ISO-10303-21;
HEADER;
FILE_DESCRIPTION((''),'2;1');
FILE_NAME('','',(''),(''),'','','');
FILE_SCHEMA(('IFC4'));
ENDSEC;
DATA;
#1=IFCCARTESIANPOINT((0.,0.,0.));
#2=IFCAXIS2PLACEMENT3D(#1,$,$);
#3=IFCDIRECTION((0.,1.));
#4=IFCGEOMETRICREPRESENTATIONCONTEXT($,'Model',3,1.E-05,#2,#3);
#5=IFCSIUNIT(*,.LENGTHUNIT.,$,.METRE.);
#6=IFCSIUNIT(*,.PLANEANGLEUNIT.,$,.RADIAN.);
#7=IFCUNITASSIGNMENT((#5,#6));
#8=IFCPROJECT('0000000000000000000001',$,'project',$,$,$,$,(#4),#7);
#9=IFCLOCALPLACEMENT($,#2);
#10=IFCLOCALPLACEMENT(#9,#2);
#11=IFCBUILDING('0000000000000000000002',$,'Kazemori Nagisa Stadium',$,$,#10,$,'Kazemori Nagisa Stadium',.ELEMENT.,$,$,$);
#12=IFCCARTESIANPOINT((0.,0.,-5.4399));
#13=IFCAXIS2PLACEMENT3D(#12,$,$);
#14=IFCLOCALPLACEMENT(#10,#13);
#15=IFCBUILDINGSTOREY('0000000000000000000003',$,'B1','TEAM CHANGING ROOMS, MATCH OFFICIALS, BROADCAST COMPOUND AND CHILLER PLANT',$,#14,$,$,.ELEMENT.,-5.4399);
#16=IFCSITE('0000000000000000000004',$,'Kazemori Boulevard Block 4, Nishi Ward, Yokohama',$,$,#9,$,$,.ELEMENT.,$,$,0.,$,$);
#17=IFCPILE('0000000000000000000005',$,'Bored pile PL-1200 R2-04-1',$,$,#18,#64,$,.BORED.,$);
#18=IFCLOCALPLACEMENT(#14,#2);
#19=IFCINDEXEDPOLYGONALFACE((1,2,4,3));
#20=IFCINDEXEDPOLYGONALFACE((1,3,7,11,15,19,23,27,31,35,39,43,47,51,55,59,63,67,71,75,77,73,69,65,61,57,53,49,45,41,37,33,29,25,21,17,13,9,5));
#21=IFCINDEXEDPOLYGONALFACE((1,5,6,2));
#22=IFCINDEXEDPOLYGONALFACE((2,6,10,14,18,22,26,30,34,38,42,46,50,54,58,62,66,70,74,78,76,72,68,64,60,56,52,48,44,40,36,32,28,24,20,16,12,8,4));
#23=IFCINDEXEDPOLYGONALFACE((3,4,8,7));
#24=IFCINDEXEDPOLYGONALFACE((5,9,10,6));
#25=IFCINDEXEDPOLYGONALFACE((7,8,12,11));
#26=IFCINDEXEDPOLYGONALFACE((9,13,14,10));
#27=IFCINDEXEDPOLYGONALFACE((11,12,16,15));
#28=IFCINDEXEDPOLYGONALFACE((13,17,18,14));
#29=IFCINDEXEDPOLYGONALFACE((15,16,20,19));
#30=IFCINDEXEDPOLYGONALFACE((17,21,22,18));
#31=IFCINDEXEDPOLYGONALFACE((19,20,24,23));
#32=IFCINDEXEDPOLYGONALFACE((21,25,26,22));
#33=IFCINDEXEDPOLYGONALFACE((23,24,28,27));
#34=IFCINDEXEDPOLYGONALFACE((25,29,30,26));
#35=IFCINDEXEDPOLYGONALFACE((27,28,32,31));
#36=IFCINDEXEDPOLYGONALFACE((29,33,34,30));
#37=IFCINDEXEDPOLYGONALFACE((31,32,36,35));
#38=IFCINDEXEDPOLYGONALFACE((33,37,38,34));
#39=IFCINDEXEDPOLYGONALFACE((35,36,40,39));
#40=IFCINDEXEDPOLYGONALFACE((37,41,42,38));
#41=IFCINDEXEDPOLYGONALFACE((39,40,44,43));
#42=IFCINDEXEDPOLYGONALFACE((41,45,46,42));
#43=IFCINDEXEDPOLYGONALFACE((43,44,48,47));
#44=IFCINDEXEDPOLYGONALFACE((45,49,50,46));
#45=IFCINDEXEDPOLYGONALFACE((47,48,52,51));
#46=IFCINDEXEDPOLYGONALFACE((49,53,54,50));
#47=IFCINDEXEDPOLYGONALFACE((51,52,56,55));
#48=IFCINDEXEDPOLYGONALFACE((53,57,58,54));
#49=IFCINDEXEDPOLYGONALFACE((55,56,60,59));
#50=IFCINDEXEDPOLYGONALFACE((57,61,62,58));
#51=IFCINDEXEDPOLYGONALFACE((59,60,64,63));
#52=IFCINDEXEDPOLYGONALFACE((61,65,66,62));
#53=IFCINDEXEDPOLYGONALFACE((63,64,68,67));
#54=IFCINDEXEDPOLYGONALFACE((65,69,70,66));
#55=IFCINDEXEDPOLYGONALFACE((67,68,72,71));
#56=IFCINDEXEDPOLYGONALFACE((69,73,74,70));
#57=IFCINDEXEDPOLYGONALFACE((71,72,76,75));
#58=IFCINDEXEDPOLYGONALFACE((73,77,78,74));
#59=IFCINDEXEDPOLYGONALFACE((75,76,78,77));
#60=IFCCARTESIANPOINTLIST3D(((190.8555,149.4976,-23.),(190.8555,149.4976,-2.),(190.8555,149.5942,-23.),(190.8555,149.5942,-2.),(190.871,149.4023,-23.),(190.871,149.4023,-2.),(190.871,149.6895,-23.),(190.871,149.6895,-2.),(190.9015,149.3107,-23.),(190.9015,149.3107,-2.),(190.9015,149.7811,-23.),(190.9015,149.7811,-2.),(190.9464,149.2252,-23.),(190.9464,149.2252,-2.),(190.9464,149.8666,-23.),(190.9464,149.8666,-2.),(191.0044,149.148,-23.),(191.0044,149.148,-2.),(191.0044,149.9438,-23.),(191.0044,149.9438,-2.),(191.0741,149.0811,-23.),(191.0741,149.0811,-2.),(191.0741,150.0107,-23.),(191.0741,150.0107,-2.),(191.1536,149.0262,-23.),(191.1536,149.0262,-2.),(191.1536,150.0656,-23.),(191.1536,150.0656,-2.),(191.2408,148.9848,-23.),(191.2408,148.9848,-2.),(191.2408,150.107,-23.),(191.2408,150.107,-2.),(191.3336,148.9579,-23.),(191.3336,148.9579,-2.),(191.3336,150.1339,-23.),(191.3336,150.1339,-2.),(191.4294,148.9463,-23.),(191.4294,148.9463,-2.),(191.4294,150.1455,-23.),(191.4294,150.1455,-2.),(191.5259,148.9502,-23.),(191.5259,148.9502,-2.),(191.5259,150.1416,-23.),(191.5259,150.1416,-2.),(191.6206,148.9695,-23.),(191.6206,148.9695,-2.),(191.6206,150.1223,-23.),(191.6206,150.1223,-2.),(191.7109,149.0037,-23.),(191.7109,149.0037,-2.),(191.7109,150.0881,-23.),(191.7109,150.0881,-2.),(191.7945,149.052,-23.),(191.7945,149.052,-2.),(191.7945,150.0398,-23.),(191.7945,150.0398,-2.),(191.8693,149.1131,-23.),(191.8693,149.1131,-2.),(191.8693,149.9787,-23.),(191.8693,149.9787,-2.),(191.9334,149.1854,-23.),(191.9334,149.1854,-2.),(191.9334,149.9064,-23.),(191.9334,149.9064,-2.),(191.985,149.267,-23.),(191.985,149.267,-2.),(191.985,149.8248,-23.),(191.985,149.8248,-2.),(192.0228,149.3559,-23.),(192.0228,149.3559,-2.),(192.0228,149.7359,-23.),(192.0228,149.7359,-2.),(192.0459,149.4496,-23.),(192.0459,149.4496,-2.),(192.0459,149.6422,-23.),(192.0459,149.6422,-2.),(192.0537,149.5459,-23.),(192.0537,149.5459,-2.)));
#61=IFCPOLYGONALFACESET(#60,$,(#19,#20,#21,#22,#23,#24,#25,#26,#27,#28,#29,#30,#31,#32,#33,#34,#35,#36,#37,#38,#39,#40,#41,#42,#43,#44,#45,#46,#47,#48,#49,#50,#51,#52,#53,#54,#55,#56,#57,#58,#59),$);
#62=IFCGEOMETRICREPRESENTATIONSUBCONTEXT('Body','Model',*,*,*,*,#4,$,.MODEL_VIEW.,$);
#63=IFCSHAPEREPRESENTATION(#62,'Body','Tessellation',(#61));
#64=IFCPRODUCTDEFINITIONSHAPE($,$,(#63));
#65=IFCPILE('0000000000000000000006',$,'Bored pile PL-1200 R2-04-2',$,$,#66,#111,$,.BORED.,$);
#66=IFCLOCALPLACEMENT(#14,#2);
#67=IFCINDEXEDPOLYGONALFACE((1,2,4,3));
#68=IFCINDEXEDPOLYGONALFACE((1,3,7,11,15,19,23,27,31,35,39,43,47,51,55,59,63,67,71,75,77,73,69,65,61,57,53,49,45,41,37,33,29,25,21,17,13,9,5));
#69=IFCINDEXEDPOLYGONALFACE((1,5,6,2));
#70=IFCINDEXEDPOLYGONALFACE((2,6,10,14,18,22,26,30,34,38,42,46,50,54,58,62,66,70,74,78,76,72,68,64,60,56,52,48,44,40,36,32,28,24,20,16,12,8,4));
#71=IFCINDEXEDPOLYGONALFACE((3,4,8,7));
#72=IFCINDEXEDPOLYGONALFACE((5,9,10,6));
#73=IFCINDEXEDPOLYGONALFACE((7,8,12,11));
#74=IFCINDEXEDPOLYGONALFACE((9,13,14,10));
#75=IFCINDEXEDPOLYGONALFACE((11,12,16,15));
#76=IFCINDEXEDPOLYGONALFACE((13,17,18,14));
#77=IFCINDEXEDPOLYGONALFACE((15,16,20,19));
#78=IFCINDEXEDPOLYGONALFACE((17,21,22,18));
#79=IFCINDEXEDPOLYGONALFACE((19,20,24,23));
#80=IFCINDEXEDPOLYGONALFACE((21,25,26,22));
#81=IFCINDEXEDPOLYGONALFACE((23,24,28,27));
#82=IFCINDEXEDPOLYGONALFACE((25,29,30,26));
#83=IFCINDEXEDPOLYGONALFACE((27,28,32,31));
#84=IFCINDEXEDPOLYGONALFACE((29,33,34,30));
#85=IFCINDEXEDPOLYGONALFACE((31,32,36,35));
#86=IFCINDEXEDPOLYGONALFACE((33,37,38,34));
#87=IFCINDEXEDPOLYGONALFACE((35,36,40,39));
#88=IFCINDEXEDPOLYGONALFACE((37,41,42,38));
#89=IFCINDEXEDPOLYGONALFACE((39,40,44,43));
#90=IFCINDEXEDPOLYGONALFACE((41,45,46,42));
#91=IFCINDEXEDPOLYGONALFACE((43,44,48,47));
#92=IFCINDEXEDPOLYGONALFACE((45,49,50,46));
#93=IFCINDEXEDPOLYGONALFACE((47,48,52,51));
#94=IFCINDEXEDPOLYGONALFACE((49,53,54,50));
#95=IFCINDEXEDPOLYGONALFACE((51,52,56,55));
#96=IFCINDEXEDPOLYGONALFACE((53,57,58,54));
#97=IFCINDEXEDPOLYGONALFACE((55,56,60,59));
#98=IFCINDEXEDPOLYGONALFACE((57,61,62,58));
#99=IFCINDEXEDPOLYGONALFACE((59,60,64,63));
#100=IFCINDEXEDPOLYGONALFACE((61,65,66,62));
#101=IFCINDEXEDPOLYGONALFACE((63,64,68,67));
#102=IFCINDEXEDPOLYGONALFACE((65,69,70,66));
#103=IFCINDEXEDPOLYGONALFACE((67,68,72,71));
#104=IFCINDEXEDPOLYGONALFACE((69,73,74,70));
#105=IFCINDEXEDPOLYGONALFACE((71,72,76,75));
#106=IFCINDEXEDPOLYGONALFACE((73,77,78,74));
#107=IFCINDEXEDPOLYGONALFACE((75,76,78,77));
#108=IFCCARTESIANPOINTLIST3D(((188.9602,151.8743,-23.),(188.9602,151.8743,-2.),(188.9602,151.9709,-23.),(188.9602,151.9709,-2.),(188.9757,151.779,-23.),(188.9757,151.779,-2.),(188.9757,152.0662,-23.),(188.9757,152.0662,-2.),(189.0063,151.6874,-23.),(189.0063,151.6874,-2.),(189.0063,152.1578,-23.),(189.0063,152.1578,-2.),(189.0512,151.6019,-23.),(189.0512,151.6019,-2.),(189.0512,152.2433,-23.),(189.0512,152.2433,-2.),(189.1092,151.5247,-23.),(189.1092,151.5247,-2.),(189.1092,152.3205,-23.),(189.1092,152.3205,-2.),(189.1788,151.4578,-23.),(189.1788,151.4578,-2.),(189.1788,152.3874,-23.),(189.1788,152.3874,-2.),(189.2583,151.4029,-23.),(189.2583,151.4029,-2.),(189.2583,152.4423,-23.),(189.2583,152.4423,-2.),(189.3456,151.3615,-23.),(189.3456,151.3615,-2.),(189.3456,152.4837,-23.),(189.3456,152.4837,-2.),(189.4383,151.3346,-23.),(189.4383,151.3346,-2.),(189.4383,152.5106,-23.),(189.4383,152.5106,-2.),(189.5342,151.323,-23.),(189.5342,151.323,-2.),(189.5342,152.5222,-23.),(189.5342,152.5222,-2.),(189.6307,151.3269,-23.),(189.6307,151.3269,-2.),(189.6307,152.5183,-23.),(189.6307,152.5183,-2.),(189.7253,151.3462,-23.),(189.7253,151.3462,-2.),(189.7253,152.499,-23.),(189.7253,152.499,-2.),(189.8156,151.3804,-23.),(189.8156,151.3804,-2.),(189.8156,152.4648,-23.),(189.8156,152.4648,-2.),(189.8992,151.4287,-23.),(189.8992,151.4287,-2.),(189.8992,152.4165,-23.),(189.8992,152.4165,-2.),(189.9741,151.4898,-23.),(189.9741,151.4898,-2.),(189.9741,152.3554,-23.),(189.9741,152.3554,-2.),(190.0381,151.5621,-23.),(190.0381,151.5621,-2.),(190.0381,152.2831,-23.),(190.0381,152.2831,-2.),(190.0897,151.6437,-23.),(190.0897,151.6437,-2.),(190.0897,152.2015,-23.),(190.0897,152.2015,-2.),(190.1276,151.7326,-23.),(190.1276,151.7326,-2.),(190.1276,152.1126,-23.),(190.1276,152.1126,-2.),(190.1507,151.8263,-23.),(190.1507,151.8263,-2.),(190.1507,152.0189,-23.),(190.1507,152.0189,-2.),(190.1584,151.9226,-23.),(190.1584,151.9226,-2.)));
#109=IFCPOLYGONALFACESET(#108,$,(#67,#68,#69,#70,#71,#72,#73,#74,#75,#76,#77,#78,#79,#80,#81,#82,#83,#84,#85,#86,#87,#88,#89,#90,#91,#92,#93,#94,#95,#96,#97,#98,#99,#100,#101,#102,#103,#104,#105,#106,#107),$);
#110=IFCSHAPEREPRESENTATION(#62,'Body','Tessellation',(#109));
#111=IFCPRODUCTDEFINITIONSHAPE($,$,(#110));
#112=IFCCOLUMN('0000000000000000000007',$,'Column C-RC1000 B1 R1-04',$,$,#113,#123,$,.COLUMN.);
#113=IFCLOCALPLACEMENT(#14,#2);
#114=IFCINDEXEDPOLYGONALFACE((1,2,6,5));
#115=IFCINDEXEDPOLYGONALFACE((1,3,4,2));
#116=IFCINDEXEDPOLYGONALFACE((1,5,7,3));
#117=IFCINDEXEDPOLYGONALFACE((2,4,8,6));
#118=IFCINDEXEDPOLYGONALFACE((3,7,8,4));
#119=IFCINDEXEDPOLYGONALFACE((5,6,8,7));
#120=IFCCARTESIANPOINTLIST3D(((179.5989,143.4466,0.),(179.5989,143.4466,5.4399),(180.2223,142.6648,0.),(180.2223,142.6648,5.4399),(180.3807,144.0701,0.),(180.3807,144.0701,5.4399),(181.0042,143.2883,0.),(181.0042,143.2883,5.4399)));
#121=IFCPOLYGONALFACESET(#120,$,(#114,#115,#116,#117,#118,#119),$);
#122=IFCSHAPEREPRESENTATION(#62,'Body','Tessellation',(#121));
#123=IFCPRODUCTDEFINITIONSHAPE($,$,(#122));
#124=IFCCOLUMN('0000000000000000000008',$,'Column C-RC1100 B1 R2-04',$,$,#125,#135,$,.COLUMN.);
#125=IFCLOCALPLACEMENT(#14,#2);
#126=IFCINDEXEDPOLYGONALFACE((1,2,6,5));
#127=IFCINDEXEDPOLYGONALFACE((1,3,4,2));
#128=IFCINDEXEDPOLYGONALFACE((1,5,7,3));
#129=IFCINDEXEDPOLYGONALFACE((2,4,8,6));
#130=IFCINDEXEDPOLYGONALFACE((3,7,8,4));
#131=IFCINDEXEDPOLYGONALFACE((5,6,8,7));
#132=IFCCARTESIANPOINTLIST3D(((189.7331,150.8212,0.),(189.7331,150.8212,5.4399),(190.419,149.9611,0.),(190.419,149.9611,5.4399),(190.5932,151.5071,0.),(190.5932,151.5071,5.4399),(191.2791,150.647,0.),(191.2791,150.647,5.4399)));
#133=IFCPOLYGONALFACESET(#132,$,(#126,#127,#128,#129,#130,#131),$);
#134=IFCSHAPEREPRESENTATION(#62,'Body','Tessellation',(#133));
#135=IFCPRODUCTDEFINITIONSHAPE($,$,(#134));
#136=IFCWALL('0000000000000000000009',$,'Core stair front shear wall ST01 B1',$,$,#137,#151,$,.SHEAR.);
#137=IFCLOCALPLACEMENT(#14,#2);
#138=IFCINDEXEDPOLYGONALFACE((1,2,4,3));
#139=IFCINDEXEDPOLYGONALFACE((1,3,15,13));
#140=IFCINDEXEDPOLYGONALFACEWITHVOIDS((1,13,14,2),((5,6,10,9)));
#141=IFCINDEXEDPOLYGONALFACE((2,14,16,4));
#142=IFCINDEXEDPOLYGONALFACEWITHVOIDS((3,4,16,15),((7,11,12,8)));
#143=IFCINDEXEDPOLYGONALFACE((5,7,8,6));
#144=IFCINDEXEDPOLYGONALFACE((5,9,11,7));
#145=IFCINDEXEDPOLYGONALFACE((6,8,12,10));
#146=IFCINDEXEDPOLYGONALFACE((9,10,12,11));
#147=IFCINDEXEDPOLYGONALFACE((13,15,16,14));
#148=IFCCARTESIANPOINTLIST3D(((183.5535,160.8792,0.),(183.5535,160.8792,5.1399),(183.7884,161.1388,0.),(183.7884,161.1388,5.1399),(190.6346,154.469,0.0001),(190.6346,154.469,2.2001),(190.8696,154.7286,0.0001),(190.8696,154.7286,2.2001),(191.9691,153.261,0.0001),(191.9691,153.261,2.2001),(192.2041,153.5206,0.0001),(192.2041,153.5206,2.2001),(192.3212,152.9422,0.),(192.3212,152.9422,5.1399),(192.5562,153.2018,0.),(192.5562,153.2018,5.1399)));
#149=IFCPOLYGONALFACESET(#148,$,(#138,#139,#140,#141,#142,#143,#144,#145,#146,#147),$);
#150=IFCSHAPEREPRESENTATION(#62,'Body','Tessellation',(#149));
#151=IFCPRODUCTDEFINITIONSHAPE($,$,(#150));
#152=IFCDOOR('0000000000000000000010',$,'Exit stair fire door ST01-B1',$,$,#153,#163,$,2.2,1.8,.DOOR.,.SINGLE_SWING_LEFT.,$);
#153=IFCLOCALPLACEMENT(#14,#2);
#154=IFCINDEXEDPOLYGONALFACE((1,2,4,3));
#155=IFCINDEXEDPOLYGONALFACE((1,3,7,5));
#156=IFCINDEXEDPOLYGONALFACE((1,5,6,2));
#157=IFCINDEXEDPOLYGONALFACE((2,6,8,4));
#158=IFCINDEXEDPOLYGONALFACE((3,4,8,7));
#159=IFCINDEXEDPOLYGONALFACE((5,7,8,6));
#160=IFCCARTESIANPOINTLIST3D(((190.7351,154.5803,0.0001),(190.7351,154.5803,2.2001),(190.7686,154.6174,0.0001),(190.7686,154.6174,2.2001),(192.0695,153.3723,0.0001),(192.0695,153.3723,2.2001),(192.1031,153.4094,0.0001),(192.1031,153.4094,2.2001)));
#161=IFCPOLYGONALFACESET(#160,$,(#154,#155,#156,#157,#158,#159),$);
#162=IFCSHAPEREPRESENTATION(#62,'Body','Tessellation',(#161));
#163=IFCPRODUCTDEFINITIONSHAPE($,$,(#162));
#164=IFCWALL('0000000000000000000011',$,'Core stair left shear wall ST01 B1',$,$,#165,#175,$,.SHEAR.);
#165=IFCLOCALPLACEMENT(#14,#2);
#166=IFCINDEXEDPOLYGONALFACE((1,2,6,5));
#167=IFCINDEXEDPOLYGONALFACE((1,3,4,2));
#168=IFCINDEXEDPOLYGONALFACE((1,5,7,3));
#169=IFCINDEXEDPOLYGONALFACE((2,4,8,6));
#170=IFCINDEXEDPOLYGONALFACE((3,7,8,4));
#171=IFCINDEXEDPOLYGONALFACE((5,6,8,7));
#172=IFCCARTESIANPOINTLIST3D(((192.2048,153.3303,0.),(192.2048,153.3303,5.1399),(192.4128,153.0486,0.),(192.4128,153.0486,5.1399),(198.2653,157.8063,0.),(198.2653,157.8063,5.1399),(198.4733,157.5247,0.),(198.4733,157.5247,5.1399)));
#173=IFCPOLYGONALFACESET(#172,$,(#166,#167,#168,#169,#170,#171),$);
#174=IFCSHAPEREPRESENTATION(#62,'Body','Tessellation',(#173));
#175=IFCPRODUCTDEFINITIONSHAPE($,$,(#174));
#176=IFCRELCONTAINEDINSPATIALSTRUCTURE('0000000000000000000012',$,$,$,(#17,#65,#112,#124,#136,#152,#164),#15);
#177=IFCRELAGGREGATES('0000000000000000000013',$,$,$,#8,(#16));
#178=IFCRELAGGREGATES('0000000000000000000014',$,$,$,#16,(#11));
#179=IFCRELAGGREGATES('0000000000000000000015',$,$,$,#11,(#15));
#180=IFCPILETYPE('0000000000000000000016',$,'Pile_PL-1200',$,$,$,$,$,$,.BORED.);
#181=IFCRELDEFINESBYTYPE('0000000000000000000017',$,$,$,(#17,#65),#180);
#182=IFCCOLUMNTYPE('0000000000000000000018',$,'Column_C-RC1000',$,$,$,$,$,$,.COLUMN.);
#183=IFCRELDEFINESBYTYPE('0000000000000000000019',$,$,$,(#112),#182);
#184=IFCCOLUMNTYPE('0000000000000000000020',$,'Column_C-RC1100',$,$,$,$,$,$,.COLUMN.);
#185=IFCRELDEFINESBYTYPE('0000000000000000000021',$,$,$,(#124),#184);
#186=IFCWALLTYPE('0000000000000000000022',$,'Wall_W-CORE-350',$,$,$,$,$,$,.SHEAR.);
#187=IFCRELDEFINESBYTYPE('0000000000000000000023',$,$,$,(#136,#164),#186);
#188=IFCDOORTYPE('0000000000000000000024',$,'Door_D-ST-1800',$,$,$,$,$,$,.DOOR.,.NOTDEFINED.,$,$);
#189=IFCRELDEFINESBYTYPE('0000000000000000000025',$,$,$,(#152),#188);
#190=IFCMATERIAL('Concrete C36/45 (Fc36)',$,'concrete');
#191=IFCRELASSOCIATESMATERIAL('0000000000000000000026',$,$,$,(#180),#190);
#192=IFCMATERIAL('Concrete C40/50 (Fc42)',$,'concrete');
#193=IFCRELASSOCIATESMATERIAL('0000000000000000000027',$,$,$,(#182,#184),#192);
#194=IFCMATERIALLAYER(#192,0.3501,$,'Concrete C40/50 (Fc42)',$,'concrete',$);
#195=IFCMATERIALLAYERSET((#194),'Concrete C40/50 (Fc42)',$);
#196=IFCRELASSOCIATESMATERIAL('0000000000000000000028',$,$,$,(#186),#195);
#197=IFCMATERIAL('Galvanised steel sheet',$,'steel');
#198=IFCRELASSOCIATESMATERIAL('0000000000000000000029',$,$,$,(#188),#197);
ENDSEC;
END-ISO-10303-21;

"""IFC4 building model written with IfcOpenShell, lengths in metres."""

from ifc_helpers import new_model, si_unit, direction, frame, frame_2d, origin, origin_2d, place, context, subcontext, project, spatial, rectangle, circle, extrude, material, layer, layer_set, material_profile, profile_set, type_object, element, fill, save


model = new_model("IFC4")

# Units and contexts
model_context = context("Model", 3, precision=1e-05, world=origin(), true_north=direction((0.0, 1.0)))
body_context = subcontext(model_context, "Body", "Model", "MODEL_VIEW")
ifc_project = project(units=[si_unit("LENGTHUNIT", "METRE"), si_unit("PLANEANGLEUNIT", "RADIAN")], contexts=[model_context])

# Site, building, storey
site_placement = place(None, origin())
site = spatial("IfcSite", under=ifc_project, at=site_placement, Name="Kazemori Boulevard Block 4, Nishi Ward, Yokohama", CompositionType="ELEMENT", RefElevation=0.0)
building_placement = place(site_placement, origin())
building = spatial("IfcBuilding", under=site, at=building_placement, Name="Kazemori Nagisa Stadium", LongName="Kazemori Nagisa Stadium", CompositionType="ELEMENT")
storey_placement = place(building_placement, frame((0.0, 0.0, -5.4399)))
storey = spatial("IfcBuildingStorey", under=building, at=storey_placement, Name="B1", Description="TEAM CHANGING ROOMS, MATCH OFFICIALS, BROADCAST COMPOUND AND CHILLER PLANT", CompositionType="ELEMENT", Elevation=-5.4399)

# Shared definitions
ifc_material_1 = material(Name="Concrete C40/50 (Fc42)", Category="concrete")

# Piles
ifc_material_2 = material(Name="Concrete C36/45 (Fc36)", Category="concrete")
ifc_material_profile_1 = material_profile(ifc_material_2, circle(Radius=0.6001, at=origin_2d()), Name="PILE-D1200")
ifc_profile_set_1 = profile_set([ifc_material_profile_1], Name="Concrete C36/45 (Fc36)")
pile_type = type_object("IfcPileType", Name="Pile_PL-1200", PredefinedType="BORED", material=ifc_profile_set_1)
for number, where, z_axis, x_axis, name in (
    (1, (191.4536, 149.5459, -2.0), (0.0, 0.0, -1.0), (1.0, 0.0, 0.0), "Bored pile PL-1200 R2-04-1"),
    (2, (189.5583, 151.9226, -2.0), (0.0, 0.0, -1.0), (1.0, 0.0, 0.0), "Bored pile PL-1200 R2-04-2"),
):
    element("IfcPile", number, at=place(storey_placement, frame(where, z_axis=z_axis, x_axis=x_axis)), inside=storey, type_object=pile_type, Name=name, PredefinedType="BORED", context=body_context, shape_type="SweptSolid", body=[
        extrude(circle(Radius=0.6001, at=origin_2d()), origin(), (0.0, 0.0, 1.0), 21.0),
    ])

# Columns
ifc_material_profile_2 = material_profile(ifc_material_1, rectangle(XDim=1.0, YDim=1.0, at=origin_2d()), Name="RC-COL-1000x1000")
ifc_profile_set_2 = profile_set([ifc_material_profile_2], Name="Concrete C40/50 (Fc42)")
column_type_1 = type_object("IfcColumnType", Name="Column_C-RC1000", PredefinedType="COLUMN", material=ifc_profile_set_2)
column_1_placement = place(storey_placement, frame((180.3015, 143.3674, 0.0), z_axis=(0.0, 0.0, 1.0), x_axis=(0.781831, 0.62349, 0.0)))
element("IfcColumn", 3, at=column_1_placement, inside=storey, type_object=column_type_1, Name="Column C-RC1000 B1 R1-04", PredefinedType="COLUMN", context=body_context, shape_type="SweptSolid", body=[
    extrude(rectangle(XDim=1.0, YDim=1.0, at=origin_2d()), origin(), (0.0, 0.0, 1.0), 5.4399),
])
ifc_material_profile_3 = material_profile(ifc_material_1, rectangle(XDim=1.1001, YDim=1.1001, at=origin_2d()), Name="RC-COL-1100x1100")
ifc_profile_set_3 = profile_set([ifc_material_profile_3], Name="Concrete C40/50 (Fc42)")
column_type_2 = type_object("IfcColumnType", Name="Column_C-RC1100", PredefinedType="COLUMN", material=ifc_profile_set_3)
column_2_placement = place(storey_placement, frame((190.5061, 150.7341, 0.0), z_axis=(0.0, 0.0, 1.0), x_axis=(0.781831, 0.62349, 0.0)))
element("IfcColumn", 4, at=column_2_placement, inside=storey, type_object=column_type_2, Name="Column C-RC1100 B1 R2-04", PredefinedType="COLUMN", context=body_context, shape_type="SweptSolid", body=[
    extrude(rectangle(XDim=1.1001, YDim=1.1001, at=origin_2d()), origin(), (0.0, 0.0, 1.0), 5.4399),
])

# Wall, opening, door
ifc_layer_1 = layer(ifc_material_1, 0.3501, Name="Concrete C40/50 (Fc42)", Category="concrete")
ifc_layer_set_1 = layer_set([ifc_layer_1], Name="Concrete C40/50 (Fc42)")
wall_type_1 = type_object("IfcWallType", Name="Wall_W-CORE-350", PredefinedType="SHEAR", material=ifc_layer_set_1)
wall_1_placement = place(storey_placement, frame((192.4387, 153.072, 0.0), z_axis=(0.0, 0.0, 1.0), x_axis=(-0.741358, 0.67111, 0.0)))
wall_1 = element("IfcWall", 5, at=wall_1_placement, inside=storey, type_object=wall_type_1, Name="Core stair front shear wall ST01 B1", PredefinedType="SHEAR", context=body_context, shape_type="SweptSolid", body=[
    extrude(rectangle(XDim=11.8267, YDim=0.3501, at=frame_2d((5.9133, 0.0))), origin(), (0.0, 0.0, 1.0), 5.1399),
])
opening_1_placement = place(wall_1_placement, frame((0.4751, 0.0, 0.0)))
opening_1 = element("IfcOpeningElement", 6, at=opening_1_placement, cuts=wall_1, PredefinedType="OPENING", context=body_context, shape_type="SweptSolid", body=[
    extrude(rectangle(XDim=1.8, YDim=2.2, at=frame_2d((0.8999, 1.1001))), frame((0.0, 0.1851, 0.0), z_axis=(0.0, -1.0, 0.0), x_axis=(1.0, 0.0, 0.0)), (0.0, 0.0, 1.0), 0.3701),
])
ifc_material_3 = material(Name="Galvanised steel sheet", Category="steel")
door_type_1 = type_object("IfcDoorType", Name="Door_D-ST-1800", OperationType="NOTDEFINED", PredefinedType="DOOR", material=ifc_material_3)
door_1_placement = place(opening_1_placement, frame((1.8, 0.0, 0.0), z_axis=(0.0, 0.0, 1.0), x_axis=(-1.0, 0.0, 0.0)))
door_1 = element("IfcDoor", 7, at=door_1_placement, inside=storey, type_object=door_type_1, Name="Exit stair fire door ST01-B1", OperationType="SINGLE_SWING_LEFT", OverallHeight=2.2, OverallWidth=1.8, PredefinedType="DOOR", context=body_context, shape_type="SweptSolid", body=[
    extrude(rectangle(XDim=1.8, YDim=2.2, at=frame_2d((0.8999, 1.1001))), frame((0.0, 0.0249, 0.0), z_axis=(0.0, -1.0, 0.0), x_axis=(1.0, 0.0, 0.0)), (0.0, 0.0, 1.0), 0.05),
])
fill(opening_1, door_1)

# Wall
wall_2_placement = place(storey_placement, frame((192.3088, 153.1895, 0.0), z_axis=(0.0, 0.0, 1.0), x_axis=(0.804396, 0.594094, 0.0)))
element("IfcWall", 8, at=wall_2_placement, inside=storey, type_object=wall_type_1, Name="Core stair left shear wall ST01 B1", PredefinedType="SHEAR", context=body_context, shape_type="SweptSolid", body=[
    extrude(rectangle(XDim=7.5342, YDim=0.3501, at=frame_2d((3.7671, 0.0))), origin(), (0.0, 0.0, 1.0), 5.1399),
])

save(model, "model.ifc")
